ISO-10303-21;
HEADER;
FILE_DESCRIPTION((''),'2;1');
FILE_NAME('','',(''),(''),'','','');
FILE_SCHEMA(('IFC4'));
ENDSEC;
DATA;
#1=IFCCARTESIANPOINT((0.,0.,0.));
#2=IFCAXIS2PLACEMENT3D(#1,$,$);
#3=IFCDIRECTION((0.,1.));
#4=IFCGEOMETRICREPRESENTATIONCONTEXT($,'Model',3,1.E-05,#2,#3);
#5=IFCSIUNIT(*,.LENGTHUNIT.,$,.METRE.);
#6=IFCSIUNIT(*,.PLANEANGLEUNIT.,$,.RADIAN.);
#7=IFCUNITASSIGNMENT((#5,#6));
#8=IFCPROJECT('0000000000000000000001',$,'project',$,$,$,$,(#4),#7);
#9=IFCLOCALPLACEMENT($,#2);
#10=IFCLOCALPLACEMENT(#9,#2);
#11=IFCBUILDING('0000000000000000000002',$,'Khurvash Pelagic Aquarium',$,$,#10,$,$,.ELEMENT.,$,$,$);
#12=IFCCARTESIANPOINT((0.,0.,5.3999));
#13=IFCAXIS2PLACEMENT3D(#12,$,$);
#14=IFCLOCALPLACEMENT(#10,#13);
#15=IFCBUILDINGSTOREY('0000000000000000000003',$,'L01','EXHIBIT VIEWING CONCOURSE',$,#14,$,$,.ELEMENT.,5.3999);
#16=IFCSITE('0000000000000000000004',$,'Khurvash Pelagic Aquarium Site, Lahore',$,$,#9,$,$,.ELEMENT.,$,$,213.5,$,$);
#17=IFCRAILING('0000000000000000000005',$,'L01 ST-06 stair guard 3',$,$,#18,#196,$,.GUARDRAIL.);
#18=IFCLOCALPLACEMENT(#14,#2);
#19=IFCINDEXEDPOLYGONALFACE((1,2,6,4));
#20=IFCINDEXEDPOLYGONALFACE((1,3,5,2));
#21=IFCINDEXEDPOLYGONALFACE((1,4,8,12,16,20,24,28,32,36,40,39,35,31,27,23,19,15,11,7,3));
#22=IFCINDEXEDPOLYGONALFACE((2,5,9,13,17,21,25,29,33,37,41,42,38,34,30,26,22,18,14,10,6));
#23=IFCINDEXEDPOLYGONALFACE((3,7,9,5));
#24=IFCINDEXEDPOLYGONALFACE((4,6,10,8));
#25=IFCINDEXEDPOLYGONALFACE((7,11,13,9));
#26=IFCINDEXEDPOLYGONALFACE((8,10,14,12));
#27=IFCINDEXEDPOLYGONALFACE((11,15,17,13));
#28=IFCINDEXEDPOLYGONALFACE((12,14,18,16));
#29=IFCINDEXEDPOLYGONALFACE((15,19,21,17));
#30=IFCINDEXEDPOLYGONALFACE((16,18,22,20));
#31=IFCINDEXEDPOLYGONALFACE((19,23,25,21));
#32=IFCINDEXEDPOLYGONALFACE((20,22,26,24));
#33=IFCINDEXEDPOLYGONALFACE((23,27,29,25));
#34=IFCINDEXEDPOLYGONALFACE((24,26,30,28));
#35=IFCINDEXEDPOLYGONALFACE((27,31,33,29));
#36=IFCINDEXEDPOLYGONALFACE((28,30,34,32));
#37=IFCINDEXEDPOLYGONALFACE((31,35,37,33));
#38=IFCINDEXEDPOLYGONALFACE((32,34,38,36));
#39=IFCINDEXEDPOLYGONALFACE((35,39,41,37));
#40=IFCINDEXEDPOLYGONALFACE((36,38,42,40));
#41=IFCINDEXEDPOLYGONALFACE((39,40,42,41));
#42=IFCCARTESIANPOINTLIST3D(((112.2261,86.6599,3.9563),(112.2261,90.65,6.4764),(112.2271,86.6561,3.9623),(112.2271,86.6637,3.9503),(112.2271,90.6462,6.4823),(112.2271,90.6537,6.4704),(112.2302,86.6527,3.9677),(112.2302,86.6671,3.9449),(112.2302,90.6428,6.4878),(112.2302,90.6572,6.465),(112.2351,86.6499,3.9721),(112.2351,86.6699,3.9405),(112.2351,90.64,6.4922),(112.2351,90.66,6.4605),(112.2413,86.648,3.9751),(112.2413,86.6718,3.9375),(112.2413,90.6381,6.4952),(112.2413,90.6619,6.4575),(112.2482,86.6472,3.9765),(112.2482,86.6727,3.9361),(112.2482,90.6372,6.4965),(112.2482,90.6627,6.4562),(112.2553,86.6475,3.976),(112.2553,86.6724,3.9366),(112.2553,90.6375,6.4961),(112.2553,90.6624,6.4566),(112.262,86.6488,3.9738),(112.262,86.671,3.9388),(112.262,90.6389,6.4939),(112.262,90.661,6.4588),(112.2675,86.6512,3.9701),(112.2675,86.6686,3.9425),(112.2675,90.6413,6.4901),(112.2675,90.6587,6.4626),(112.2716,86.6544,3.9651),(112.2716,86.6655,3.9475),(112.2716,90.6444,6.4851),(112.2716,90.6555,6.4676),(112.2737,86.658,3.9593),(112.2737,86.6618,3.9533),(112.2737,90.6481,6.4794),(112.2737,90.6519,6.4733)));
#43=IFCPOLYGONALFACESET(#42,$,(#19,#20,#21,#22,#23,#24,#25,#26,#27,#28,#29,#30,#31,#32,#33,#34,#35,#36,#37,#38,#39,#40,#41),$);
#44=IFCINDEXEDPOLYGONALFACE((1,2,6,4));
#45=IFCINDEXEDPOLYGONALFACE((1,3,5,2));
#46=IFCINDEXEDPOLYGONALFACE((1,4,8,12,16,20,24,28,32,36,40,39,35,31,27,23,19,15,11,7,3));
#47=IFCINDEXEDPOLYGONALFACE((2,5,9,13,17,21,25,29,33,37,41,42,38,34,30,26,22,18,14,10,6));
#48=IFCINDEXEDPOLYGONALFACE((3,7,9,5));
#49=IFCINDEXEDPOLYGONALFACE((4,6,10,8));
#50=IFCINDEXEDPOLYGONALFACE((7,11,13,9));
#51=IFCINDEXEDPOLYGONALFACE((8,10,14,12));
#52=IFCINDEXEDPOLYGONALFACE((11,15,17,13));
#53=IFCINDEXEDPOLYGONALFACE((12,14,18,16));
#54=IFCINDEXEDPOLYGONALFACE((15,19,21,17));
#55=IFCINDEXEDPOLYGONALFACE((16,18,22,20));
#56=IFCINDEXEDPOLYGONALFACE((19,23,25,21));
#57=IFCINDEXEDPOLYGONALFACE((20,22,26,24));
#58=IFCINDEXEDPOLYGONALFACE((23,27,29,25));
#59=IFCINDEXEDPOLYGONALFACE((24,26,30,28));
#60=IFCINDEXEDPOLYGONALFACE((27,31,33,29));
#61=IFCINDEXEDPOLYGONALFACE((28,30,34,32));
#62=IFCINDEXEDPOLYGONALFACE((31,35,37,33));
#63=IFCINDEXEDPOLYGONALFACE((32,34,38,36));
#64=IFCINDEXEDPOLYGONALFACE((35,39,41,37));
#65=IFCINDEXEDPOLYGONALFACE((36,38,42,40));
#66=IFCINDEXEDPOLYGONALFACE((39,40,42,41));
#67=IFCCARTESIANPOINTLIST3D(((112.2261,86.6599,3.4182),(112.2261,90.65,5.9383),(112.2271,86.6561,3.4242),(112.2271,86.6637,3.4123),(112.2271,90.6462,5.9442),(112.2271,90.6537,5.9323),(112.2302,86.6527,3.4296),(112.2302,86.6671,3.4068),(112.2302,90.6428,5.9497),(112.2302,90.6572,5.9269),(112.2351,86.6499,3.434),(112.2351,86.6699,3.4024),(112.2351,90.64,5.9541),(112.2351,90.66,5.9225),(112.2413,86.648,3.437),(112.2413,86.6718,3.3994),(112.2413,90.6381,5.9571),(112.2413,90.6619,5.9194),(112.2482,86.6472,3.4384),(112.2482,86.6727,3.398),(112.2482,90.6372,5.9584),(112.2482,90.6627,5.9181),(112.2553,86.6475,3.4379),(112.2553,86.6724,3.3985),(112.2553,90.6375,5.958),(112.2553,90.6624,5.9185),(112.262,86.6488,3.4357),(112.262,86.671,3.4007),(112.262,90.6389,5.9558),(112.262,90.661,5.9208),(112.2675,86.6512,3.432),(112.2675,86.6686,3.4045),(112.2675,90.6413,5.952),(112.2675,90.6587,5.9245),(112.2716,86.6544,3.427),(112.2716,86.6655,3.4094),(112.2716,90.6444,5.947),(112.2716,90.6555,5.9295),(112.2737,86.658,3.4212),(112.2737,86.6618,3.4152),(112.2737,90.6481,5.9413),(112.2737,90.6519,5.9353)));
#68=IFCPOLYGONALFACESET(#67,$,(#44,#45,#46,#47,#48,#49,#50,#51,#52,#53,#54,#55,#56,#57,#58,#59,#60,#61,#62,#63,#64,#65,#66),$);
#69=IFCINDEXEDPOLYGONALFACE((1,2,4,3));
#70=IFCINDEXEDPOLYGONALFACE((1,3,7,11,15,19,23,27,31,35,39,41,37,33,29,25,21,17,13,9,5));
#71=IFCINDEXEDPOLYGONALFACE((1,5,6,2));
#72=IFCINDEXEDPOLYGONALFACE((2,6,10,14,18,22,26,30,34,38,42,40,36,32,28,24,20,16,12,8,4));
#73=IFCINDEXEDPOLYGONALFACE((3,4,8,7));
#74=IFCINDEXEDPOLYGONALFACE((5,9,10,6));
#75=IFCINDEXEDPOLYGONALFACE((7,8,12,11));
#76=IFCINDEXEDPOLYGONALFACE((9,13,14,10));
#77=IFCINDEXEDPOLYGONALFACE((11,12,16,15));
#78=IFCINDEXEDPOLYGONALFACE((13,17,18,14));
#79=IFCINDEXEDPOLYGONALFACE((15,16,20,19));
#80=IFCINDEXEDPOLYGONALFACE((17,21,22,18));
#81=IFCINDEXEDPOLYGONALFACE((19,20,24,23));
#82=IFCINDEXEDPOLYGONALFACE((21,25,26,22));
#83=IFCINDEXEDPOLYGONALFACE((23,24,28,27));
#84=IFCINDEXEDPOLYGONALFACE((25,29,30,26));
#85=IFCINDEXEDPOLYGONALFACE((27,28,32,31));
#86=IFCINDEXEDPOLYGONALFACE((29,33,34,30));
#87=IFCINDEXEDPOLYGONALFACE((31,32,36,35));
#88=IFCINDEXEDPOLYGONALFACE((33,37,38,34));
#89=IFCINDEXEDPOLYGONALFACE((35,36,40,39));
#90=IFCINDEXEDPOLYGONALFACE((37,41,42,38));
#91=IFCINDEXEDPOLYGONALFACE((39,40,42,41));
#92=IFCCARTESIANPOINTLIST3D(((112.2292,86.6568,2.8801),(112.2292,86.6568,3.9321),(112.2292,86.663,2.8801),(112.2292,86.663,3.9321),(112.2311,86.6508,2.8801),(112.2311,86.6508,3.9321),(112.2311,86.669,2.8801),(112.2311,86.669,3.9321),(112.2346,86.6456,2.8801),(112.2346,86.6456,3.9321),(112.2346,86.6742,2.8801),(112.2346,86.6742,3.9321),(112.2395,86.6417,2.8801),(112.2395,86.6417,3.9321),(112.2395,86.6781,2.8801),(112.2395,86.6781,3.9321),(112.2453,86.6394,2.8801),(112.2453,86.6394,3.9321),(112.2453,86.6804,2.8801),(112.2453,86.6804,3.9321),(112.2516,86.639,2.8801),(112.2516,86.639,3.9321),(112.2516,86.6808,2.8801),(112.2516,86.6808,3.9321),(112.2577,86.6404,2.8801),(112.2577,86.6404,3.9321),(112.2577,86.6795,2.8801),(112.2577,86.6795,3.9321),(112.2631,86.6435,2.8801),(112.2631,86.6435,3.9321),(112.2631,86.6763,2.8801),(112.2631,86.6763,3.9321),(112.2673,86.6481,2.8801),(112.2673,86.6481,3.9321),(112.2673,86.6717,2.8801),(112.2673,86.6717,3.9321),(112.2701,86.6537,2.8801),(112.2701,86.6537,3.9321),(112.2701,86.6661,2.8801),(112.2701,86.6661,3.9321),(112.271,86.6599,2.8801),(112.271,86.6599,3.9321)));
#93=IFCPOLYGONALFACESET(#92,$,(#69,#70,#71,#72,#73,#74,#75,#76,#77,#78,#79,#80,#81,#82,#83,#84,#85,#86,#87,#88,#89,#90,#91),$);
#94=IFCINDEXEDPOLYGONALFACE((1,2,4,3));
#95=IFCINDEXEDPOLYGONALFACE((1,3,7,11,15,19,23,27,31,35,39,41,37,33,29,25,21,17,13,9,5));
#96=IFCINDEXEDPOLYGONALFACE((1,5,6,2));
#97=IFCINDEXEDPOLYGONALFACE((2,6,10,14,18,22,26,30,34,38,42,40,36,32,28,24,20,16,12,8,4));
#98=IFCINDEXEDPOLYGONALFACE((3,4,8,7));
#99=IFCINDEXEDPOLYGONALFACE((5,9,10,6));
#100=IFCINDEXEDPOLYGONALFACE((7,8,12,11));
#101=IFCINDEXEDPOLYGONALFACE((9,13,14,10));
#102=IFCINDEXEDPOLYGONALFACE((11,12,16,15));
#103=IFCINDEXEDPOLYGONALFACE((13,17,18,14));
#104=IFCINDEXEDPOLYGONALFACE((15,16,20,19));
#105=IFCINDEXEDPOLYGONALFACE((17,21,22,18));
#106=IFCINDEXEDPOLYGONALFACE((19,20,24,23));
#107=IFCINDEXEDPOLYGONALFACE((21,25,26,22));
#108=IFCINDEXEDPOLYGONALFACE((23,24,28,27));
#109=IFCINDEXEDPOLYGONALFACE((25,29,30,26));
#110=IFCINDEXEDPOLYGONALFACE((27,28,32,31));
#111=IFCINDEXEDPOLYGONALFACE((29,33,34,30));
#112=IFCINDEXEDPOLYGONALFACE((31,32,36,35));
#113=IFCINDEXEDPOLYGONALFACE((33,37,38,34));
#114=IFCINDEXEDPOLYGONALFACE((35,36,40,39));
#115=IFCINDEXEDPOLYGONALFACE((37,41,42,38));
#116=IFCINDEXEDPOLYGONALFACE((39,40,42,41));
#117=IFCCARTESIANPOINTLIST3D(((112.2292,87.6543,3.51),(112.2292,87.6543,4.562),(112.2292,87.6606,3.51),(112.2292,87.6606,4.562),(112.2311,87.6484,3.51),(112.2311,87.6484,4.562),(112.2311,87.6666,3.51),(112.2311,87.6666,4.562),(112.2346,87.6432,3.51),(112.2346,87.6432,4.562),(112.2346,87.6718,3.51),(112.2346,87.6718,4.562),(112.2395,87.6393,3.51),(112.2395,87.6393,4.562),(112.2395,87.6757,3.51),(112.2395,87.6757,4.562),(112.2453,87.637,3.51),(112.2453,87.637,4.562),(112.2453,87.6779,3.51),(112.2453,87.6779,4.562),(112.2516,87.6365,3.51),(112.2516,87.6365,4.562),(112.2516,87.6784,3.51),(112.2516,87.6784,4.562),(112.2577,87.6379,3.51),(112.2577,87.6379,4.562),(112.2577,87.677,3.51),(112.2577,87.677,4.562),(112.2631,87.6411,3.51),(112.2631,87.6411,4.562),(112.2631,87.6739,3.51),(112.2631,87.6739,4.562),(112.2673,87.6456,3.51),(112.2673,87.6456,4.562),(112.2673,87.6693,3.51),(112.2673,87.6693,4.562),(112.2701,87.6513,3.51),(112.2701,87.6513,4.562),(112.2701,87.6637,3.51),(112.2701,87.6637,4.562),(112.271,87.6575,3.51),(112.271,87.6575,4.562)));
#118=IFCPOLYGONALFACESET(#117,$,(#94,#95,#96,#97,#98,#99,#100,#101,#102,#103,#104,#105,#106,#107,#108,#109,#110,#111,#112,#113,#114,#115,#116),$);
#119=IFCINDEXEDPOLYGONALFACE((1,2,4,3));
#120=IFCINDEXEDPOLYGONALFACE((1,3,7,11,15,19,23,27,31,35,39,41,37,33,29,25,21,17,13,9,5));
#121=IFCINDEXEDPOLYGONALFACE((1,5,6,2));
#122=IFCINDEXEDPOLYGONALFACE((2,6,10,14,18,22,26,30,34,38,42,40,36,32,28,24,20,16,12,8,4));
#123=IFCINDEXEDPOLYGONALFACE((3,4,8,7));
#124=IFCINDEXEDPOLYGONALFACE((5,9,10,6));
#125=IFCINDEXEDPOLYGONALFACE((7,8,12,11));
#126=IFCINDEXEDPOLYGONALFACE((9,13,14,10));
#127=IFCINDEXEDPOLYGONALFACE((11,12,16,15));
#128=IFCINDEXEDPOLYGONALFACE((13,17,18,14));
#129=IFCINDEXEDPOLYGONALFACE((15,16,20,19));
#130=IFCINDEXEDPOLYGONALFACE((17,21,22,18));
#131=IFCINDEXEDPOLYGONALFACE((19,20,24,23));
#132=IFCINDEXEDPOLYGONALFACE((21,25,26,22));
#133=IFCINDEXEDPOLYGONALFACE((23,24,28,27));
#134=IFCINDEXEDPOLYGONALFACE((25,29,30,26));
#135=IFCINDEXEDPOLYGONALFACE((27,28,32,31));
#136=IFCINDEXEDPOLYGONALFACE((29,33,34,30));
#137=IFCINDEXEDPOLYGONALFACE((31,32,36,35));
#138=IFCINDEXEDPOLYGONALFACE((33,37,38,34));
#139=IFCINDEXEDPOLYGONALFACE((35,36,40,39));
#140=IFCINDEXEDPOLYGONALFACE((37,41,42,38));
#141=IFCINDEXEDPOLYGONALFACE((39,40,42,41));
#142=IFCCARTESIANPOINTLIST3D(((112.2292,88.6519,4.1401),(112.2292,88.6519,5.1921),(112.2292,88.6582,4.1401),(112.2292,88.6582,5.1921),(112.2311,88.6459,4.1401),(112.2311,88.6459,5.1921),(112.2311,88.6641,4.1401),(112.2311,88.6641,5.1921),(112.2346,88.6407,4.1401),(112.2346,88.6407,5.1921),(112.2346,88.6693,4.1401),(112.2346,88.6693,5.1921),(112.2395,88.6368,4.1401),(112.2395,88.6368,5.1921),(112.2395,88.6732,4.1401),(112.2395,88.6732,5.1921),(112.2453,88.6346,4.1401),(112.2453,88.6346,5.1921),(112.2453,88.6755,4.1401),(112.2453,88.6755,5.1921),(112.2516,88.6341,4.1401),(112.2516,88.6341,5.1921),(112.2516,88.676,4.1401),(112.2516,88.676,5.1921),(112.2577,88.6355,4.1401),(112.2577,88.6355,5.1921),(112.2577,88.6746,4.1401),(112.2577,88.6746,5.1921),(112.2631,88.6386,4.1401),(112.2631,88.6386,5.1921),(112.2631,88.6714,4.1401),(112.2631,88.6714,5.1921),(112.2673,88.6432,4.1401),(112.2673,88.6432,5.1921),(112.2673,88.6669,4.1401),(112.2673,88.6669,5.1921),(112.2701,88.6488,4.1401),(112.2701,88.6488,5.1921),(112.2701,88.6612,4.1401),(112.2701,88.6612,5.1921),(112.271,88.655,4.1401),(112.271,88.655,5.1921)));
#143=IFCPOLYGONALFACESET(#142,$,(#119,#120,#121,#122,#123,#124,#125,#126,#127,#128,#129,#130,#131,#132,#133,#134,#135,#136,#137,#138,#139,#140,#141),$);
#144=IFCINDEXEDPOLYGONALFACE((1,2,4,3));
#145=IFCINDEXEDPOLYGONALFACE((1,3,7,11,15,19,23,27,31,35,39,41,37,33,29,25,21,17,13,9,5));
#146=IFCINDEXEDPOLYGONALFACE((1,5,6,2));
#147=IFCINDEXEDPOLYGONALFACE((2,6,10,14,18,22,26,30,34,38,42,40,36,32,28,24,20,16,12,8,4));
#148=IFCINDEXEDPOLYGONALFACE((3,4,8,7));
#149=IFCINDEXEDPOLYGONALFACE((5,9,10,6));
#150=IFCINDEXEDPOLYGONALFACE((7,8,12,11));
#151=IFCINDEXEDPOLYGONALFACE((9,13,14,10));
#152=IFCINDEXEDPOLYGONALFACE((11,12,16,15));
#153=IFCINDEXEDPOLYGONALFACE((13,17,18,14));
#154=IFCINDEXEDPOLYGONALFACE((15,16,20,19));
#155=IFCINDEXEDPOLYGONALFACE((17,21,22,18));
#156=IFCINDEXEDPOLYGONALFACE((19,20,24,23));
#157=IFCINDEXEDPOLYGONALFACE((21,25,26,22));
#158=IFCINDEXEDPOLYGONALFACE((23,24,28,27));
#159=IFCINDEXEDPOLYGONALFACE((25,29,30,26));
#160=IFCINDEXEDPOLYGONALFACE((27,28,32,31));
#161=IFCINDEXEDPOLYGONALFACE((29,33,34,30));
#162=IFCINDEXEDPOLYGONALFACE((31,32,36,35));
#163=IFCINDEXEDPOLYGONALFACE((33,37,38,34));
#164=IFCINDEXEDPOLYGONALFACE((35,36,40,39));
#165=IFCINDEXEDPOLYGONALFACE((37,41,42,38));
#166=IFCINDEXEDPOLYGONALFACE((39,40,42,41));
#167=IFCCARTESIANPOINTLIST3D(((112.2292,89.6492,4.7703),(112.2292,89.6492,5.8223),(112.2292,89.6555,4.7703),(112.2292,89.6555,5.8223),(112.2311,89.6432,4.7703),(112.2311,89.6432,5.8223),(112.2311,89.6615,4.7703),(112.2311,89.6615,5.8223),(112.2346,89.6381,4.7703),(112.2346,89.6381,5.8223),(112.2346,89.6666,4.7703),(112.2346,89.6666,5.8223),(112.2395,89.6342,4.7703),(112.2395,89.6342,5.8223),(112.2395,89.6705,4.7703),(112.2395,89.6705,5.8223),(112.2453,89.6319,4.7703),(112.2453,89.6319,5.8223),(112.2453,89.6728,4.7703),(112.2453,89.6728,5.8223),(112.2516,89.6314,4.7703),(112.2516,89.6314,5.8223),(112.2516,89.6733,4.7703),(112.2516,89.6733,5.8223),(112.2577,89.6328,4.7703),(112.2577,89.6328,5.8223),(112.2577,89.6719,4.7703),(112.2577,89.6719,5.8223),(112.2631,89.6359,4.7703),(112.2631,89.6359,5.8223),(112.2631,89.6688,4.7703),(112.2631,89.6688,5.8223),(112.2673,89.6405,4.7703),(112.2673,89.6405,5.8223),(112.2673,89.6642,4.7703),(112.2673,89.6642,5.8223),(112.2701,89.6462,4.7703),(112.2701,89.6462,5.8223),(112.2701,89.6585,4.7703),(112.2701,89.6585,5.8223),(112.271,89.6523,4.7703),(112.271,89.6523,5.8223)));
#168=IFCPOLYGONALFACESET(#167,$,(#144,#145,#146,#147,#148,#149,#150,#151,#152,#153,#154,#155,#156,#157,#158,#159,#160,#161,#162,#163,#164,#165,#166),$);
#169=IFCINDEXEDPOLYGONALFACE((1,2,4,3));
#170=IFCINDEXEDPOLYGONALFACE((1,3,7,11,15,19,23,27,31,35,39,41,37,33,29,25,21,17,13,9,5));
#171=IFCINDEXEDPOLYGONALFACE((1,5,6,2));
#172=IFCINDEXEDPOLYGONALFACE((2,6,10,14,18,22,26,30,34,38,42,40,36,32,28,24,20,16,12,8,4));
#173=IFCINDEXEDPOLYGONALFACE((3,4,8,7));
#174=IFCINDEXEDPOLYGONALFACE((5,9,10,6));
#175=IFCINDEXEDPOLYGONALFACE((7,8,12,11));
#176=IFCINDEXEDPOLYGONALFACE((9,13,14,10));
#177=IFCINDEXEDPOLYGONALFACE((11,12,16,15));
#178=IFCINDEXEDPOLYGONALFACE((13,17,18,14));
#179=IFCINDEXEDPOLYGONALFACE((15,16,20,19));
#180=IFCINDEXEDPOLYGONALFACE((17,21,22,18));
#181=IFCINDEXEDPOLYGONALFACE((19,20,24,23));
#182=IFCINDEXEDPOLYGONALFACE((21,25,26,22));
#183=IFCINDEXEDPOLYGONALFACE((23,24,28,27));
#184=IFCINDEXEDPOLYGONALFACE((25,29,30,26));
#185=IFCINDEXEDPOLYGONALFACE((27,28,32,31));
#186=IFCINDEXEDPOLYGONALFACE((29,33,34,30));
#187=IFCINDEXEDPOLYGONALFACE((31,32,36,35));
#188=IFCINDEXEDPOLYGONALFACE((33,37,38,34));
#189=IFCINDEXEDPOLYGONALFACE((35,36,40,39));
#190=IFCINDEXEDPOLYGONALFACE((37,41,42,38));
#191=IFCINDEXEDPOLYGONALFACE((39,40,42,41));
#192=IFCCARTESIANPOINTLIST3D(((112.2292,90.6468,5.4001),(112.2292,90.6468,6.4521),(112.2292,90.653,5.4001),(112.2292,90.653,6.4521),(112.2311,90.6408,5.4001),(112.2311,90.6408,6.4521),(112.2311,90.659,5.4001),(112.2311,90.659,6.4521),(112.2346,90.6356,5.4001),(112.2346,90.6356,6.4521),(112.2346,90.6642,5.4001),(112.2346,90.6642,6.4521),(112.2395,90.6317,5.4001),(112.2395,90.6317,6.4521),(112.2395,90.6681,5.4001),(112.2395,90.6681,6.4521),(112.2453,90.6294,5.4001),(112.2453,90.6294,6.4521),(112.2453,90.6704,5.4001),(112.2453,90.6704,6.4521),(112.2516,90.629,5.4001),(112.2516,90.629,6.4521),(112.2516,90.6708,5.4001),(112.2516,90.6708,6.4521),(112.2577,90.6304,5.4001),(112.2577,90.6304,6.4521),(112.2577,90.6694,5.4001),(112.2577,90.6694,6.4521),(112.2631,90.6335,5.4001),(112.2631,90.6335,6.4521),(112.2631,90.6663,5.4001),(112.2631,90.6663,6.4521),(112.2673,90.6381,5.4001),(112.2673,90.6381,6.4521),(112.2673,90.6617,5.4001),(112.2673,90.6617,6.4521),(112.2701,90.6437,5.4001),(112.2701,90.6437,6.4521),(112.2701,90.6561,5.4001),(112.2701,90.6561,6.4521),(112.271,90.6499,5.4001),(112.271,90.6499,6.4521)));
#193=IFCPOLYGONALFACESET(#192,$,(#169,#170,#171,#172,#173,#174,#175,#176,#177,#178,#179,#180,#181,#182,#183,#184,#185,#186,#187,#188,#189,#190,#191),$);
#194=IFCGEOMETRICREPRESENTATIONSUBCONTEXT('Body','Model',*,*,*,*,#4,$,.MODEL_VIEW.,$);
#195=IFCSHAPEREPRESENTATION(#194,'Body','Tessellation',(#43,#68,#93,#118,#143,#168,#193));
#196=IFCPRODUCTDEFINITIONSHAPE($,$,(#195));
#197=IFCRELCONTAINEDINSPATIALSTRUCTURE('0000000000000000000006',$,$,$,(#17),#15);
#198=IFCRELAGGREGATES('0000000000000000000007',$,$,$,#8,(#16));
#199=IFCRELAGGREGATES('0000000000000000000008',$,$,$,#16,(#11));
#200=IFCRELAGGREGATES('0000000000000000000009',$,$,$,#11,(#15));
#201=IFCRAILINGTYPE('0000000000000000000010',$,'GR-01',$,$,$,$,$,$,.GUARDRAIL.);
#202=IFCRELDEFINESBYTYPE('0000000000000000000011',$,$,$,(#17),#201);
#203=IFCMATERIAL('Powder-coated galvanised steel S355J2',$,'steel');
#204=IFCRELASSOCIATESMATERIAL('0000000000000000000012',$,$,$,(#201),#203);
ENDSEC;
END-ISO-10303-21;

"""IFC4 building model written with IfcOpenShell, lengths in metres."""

from ifc_helpers import new_model, si_unit, direction, frame, origin, origin_2d, place, context, subcontext, project, spatial, circle, extrude, material, type_object, element, save


model = new_model("IFC4")

# Units and contexts
model_context = context("Model", 3, precision=1e-05, world=origin(), true_north=direction((0.0, 1.0)))
body_context = subcontext(model_context, "Body", "Model", "MODEL_VIEW")
ifc_project = project(units=[si_unit("LENGTHUNIT", "METRE"), si_unit("PLANEANGLEUNIT", "RADIAN")], contexts=[model_context])

# Site, building, storey
site_placement = place(None, origin())
site = spatial("IfcSite", under=ifc_project, at=site_placement, Name="Khurvash Pelagic Aquarium Site, Lahore", CompositionType="ELEMENT", RefElevation=213.5)
building_placement = place(site_placement, origin())
building = spatial("IfcBuilding", under=site, at=building_placement, Name="Khurvash Pelagic Aquarium", CompositionType="ELEMENT")
storey_placement = place(building_placement, frame((0.0, 0.0, 5.3999)))
storey = spatial("IfcBuildingStorey", under=building, at=storey_placement, Name="L01", Description="EXHIBIT VIEWING CONCOURSE", CompositionType="ELEMENT", Elevation=5.3999)

# Railing
ifc_material_1 = material(Name="Powder-coated galvanised steel S355J2", Category="steel")
railing_type_1 = type_object("IfcRailingType", Name="GR-01", PredefinedType="GUARDRAIL", material=ifc_material_1)
railing_1_placement = place(storey_placement, frame((112.25, 86.6599, 2.8801)))
element("IfcRailing", 1, at=railing_1_placement, inside=storey, type_object=railing_type_1, Name="L01 ST-06 stair guard 3", PredefinedType="GUARDRAIL", context=body_context, shape_type="SweptSolid", body=[
    extrude(circle(Radius=0.0239, at=origin_2d()), frame((0.0, 0.0, 1.0762), z_axis=(0.0, 0.845486, 0.533997), x_axis=(-1.0, 0.0, 0.0)), (0.0, 0.0, 1.0), 4.7192),
    extrude(circle(Radius=0.0239, at=origin_2d()), frame((0.0, 0.0, 0.5381), z_axis=(0.0, 0.845486, 0.533997), x_axis=(-1.0, 0.0, 0.0)), (0.0, 0.0, 1.0), 4.7192),
    extrude(circle(Radius=0.021, at=origin_2d()), origin(), (0.0, 0.0, 1.0), 1.052),
    extrude(circle(Radius=0.021, at=origin_2d()), frame((0.0, 0.9976, 0.6299)), (0.0, 0.0, 1.0), 1.052),
    extrude(circle(Radius=0.021, at=origin_2d()), frame((0.0, 1.9951, 1.26)), (0.0, 0.0, 1.0), 1.052),
    extrude(circle(Radius=0.021, at=origin_2d()), frame((0.0, 2.9924, 1.8901)), (0.0, 0.0, 1.0), 1.052),
    extrude(circle(Radius=0.021, at=origin_2d()), frame((0.0, 3.99, 2.52)), (0.0, 0.0, 1.0), 1.052),
])

save(model, "model.ifc")
